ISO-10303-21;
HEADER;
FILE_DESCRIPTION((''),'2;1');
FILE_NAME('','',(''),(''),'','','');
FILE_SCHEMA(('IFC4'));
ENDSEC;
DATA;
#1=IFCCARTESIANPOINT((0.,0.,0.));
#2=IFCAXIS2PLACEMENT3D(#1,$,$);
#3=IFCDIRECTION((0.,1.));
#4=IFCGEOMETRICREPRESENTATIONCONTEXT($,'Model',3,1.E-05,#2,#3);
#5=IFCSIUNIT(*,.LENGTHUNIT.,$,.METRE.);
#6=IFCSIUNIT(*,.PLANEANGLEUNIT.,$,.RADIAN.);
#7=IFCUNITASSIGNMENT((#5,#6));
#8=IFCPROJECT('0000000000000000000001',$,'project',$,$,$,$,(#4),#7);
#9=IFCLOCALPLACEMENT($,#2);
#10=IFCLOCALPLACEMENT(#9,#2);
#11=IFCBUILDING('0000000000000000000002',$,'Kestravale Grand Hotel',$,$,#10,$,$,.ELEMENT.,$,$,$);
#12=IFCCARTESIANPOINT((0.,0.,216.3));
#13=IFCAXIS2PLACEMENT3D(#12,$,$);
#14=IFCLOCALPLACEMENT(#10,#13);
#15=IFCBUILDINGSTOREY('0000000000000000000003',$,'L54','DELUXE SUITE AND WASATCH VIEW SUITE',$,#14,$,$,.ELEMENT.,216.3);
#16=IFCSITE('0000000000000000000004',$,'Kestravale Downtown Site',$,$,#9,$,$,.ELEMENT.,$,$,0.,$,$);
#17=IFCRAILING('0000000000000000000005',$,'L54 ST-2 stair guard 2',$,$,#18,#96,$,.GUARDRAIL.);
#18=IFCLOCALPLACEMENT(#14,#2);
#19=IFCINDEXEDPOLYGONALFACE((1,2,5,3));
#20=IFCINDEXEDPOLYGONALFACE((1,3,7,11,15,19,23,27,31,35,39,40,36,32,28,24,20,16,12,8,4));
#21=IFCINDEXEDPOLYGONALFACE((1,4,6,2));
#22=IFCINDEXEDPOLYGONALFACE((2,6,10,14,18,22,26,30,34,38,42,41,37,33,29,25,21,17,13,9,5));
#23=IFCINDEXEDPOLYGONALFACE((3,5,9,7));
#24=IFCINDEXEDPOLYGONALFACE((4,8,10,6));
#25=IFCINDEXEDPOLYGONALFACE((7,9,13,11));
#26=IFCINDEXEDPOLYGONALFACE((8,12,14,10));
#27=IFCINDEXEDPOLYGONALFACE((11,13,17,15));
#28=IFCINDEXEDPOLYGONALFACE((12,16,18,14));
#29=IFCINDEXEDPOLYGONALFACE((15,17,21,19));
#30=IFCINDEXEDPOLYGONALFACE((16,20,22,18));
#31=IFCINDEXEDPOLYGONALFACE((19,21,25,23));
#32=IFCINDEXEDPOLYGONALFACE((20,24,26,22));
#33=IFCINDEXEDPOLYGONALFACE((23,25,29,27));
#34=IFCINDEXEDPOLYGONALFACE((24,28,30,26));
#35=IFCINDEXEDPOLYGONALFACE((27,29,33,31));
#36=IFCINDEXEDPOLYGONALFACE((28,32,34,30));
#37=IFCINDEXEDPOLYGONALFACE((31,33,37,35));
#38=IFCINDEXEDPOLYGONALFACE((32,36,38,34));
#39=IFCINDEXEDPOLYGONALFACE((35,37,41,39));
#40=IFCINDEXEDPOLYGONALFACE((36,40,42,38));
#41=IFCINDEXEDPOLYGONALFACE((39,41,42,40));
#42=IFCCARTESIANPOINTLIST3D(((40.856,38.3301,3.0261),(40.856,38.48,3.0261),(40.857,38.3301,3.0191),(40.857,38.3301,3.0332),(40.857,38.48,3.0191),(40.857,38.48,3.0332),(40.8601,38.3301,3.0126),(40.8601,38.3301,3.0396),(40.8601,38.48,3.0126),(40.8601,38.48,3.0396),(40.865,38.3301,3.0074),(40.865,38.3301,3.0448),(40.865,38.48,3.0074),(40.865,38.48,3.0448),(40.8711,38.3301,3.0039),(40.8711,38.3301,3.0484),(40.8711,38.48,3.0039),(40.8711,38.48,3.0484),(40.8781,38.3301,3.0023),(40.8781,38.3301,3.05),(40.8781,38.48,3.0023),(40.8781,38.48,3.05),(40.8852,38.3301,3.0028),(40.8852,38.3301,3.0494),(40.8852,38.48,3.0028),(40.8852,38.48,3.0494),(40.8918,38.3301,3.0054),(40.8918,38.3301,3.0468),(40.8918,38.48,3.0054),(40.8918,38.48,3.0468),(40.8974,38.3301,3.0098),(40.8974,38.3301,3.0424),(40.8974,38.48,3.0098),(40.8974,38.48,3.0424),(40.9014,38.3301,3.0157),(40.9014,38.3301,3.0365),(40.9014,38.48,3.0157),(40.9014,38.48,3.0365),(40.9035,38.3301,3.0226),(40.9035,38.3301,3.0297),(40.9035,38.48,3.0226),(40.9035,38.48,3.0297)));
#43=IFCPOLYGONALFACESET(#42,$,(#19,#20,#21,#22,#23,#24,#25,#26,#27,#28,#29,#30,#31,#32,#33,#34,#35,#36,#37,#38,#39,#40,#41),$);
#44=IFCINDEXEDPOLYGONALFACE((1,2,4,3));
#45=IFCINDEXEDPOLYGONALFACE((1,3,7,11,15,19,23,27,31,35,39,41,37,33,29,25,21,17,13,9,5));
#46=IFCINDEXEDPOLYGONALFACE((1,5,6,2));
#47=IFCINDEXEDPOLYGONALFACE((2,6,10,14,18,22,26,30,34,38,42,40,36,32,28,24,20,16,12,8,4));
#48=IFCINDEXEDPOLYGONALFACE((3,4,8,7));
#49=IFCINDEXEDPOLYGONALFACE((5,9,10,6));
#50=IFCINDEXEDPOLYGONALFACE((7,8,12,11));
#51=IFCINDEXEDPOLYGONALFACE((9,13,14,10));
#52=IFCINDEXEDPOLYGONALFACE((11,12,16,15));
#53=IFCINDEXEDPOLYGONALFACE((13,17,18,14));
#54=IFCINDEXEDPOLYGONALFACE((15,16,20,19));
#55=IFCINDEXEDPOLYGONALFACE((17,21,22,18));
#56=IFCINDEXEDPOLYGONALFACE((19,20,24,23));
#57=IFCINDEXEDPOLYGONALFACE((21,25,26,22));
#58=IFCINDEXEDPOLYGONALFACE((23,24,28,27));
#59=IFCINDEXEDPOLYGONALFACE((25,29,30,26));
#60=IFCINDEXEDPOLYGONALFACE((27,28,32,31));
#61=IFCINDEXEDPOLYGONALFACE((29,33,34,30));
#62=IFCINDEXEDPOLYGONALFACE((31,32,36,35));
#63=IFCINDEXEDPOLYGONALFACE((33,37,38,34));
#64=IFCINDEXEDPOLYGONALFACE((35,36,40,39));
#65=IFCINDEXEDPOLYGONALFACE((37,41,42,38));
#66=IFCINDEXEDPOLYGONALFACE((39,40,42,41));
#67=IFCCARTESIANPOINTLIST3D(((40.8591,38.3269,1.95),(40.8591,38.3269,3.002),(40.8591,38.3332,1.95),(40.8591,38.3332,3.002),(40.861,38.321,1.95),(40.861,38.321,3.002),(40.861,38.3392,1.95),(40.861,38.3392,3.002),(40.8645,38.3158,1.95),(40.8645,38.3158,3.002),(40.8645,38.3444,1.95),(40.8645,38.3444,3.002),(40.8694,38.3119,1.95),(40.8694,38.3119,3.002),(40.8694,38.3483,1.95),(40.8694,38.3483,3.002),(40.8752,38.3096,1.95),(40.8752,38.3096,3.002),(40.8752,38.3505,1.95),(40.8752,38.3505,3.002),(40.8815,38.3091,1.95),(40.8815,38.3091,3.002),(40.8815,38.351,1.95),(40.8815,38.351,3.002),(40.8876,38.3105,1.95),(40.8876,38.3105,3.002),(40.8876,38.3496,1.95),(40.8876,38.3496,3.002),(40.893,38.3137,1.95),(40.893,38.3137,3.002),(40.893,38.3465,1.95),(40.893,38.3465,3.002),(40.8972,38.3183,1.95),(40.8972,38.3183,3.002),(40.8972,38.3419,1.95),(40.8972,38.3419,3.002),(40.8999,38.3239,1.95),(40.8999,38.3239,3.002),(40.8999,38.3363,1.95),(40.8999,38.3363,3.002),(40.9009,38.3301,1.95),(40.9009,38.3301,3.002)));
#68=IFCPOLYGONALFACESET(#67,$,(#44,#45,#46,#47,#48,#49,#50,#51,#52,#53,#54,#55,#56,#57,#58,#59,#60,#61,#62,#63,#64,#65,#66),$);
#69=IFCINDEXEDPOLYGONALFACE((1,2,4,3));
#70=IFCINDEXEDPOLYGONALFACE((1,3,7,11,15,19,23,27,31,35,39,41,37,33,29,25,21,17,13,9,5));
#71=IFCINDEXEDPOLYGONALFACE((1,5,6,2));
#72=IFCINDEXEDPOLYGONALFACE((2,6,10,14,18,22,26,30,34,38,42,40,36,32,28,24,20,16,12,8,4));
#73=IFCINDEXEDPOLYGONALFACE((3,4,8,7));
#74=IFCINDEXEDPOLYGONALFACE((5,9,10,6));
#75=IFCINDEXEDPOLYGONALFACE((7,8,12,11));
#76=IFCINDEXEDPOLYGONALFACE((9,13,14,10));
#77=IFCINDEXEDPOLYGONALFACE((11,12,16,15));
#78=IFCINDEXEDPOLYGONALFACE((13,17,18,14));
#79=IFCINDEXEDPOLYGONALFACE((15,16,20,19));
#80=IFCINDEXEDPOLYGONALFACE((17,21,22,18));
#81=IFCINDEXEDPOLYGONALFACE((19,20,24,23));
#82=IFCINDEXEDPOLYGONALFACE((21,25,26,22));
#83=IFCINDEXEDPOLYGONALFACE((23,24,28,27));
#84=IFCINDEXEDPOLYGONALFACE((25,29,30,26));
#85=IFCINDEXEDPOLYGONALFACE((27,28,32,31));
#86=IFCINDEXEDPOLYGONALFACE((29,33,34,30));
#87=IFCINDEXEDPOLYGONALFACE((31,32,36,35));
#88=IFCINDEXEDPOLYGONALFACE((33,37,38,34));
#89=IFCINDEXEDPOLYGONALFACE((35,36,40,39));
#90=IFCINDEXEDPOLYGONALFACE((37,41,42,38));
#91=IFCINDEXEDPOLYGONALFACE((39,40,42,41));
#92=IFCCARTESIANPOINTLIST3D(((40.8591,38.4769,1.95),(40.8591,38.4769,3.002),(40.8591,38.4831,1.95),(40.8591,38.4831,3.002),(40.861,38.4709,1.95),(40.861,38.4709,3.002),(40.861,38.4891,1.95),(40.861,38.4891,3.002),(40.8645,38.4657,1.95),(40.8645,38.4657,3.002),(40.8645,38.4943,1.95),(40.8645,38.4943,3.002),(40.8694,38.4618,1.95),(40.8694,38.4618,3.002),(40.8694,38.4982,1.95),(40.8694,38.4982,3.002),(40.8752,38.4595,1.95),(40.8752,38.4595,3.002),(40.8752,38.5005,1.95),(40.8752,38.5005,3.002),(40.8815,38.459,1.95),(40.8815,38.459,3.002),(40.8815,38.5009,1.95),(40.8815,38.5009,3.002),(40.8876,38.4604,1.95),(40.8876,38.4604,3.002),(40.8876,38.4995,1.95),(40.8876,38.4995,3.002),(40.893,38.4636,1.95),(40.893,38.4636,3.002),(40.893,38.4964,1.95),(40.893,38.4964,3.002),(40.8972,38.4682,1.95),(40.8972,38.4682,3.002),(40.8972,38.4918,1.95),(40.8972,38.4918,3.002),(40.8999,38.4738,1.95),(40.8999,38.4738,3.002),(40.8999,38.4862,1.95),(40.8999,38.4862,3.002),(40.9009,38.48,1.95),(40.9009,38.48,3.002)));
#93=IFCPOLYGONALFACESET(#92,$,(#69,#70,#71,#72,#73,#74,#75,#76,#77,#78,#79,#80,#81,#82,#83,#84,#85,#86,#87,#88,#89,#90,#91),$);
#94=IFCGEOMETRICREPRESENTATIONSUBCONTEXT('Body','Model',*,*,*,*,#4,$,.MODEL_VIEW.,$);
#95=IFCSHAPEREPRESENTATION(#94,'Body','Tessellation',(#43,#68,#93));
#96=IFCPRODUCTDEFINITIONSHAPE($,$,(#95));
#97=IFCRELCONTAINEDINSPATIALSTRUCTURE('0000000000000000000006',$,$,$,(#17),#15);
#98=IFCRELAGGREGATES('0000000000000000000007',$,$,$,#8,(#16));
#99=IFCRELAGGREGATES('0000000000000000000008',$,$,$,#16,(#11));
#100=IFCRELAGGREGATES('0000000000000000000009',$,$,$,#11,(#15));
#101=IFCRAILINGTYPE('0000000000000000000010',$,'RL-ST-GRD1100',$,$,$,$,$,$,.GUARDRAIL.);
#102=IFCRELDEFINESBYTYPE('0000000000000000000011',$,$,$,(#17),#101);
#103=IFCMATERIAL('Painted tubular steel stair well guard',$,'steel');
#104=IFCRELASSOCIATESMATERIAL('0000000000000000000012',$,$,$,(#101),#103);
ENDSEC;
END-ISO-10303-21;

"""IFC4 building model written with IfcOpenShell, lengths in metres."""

from ifc_helpers import new_model, si_unit, direction, frame, origin, origin_2d, place, context, subcontext, project, spatial, circle, extrude, material, type_object, element, save


model = new_model("IFC4")

# Units and contexts
model_context = context("Model", 3, precision=1e-05, world=origin(), true_north=direction((0.0, 1.0)))
body_context = subcontext(model_context, "Body", "Model", "MODEL_VIEW")
ifc_project = project(units=[si_unit("LENGTHUNIT", "METRE"), si_unit("PLANEANGLEUNIT", "RADIAN")], contexts=[model_context])

# Site, building, storey
site_placement = place(None, origin())
site = spatial("IfcSite", under=ifc_project, at=site_placement, Name="Kestravale Downtown Site", CompositionType="ELEMENT", RefElevation=0.0)
building_placement = place(site_placement, origin())
building = spatial("IfcBuilding", under=site, at=building_placement, Name="Kestravale Grand Hotel", CompositionType="ELEMENT")
storey_placement = place(building_placement, frame((0.0, 0.0, 216.3)))
storey = spatial("IfcBuildingStorey", under=building, at=storey_placement, Name="L54", Description="DELUXE SUITE AND WASATCH VIEW SUITE", CompositionType="ELEMENT", Elevation=216.3)

# Railing
ifc_material_1 = material(Name="Painted tubular steel stair well guard", Category="steel")
railing_type_1 = type_object("IfcRailingType", Name="RL-ST-GRD1100", PredefinedType="GUARDRAIL", material=ifc_material_1)
railing_1_placement = place(storey_placement, frame((40.8799, 38.3301, 1.95)))
element("IfcRailing", 1, at=railing_1_placement, inside=storey, type_object=railing_type_1, Name="L54 ST-2 stair guard 2", PredefinedType="GUARDRAIL", context=body_context, shape_type="SweptSolid", body=[
    extrude(circle(Radius=0.0239, at=origin_2d()), frame((0.0, 0.0, 1.0762), z_axis=(0.0, 1.0, 0.0), x_axis=(-1.0, 0.0, 0.0)), (0.0, 0.0, 1.0), 0.1499),
    extrude(circle(Radius=0.021, at=origin_2d()), origin(), (0.0, 0.0, 1.0), 1.052),
    extrude(circle(Radius=0.021, at=origin_2d()), frame((0.0, 0.1499, 0.0)), (0.0, 0.0, 1.0), 1.052),
])

save(model, "model.ifc")
